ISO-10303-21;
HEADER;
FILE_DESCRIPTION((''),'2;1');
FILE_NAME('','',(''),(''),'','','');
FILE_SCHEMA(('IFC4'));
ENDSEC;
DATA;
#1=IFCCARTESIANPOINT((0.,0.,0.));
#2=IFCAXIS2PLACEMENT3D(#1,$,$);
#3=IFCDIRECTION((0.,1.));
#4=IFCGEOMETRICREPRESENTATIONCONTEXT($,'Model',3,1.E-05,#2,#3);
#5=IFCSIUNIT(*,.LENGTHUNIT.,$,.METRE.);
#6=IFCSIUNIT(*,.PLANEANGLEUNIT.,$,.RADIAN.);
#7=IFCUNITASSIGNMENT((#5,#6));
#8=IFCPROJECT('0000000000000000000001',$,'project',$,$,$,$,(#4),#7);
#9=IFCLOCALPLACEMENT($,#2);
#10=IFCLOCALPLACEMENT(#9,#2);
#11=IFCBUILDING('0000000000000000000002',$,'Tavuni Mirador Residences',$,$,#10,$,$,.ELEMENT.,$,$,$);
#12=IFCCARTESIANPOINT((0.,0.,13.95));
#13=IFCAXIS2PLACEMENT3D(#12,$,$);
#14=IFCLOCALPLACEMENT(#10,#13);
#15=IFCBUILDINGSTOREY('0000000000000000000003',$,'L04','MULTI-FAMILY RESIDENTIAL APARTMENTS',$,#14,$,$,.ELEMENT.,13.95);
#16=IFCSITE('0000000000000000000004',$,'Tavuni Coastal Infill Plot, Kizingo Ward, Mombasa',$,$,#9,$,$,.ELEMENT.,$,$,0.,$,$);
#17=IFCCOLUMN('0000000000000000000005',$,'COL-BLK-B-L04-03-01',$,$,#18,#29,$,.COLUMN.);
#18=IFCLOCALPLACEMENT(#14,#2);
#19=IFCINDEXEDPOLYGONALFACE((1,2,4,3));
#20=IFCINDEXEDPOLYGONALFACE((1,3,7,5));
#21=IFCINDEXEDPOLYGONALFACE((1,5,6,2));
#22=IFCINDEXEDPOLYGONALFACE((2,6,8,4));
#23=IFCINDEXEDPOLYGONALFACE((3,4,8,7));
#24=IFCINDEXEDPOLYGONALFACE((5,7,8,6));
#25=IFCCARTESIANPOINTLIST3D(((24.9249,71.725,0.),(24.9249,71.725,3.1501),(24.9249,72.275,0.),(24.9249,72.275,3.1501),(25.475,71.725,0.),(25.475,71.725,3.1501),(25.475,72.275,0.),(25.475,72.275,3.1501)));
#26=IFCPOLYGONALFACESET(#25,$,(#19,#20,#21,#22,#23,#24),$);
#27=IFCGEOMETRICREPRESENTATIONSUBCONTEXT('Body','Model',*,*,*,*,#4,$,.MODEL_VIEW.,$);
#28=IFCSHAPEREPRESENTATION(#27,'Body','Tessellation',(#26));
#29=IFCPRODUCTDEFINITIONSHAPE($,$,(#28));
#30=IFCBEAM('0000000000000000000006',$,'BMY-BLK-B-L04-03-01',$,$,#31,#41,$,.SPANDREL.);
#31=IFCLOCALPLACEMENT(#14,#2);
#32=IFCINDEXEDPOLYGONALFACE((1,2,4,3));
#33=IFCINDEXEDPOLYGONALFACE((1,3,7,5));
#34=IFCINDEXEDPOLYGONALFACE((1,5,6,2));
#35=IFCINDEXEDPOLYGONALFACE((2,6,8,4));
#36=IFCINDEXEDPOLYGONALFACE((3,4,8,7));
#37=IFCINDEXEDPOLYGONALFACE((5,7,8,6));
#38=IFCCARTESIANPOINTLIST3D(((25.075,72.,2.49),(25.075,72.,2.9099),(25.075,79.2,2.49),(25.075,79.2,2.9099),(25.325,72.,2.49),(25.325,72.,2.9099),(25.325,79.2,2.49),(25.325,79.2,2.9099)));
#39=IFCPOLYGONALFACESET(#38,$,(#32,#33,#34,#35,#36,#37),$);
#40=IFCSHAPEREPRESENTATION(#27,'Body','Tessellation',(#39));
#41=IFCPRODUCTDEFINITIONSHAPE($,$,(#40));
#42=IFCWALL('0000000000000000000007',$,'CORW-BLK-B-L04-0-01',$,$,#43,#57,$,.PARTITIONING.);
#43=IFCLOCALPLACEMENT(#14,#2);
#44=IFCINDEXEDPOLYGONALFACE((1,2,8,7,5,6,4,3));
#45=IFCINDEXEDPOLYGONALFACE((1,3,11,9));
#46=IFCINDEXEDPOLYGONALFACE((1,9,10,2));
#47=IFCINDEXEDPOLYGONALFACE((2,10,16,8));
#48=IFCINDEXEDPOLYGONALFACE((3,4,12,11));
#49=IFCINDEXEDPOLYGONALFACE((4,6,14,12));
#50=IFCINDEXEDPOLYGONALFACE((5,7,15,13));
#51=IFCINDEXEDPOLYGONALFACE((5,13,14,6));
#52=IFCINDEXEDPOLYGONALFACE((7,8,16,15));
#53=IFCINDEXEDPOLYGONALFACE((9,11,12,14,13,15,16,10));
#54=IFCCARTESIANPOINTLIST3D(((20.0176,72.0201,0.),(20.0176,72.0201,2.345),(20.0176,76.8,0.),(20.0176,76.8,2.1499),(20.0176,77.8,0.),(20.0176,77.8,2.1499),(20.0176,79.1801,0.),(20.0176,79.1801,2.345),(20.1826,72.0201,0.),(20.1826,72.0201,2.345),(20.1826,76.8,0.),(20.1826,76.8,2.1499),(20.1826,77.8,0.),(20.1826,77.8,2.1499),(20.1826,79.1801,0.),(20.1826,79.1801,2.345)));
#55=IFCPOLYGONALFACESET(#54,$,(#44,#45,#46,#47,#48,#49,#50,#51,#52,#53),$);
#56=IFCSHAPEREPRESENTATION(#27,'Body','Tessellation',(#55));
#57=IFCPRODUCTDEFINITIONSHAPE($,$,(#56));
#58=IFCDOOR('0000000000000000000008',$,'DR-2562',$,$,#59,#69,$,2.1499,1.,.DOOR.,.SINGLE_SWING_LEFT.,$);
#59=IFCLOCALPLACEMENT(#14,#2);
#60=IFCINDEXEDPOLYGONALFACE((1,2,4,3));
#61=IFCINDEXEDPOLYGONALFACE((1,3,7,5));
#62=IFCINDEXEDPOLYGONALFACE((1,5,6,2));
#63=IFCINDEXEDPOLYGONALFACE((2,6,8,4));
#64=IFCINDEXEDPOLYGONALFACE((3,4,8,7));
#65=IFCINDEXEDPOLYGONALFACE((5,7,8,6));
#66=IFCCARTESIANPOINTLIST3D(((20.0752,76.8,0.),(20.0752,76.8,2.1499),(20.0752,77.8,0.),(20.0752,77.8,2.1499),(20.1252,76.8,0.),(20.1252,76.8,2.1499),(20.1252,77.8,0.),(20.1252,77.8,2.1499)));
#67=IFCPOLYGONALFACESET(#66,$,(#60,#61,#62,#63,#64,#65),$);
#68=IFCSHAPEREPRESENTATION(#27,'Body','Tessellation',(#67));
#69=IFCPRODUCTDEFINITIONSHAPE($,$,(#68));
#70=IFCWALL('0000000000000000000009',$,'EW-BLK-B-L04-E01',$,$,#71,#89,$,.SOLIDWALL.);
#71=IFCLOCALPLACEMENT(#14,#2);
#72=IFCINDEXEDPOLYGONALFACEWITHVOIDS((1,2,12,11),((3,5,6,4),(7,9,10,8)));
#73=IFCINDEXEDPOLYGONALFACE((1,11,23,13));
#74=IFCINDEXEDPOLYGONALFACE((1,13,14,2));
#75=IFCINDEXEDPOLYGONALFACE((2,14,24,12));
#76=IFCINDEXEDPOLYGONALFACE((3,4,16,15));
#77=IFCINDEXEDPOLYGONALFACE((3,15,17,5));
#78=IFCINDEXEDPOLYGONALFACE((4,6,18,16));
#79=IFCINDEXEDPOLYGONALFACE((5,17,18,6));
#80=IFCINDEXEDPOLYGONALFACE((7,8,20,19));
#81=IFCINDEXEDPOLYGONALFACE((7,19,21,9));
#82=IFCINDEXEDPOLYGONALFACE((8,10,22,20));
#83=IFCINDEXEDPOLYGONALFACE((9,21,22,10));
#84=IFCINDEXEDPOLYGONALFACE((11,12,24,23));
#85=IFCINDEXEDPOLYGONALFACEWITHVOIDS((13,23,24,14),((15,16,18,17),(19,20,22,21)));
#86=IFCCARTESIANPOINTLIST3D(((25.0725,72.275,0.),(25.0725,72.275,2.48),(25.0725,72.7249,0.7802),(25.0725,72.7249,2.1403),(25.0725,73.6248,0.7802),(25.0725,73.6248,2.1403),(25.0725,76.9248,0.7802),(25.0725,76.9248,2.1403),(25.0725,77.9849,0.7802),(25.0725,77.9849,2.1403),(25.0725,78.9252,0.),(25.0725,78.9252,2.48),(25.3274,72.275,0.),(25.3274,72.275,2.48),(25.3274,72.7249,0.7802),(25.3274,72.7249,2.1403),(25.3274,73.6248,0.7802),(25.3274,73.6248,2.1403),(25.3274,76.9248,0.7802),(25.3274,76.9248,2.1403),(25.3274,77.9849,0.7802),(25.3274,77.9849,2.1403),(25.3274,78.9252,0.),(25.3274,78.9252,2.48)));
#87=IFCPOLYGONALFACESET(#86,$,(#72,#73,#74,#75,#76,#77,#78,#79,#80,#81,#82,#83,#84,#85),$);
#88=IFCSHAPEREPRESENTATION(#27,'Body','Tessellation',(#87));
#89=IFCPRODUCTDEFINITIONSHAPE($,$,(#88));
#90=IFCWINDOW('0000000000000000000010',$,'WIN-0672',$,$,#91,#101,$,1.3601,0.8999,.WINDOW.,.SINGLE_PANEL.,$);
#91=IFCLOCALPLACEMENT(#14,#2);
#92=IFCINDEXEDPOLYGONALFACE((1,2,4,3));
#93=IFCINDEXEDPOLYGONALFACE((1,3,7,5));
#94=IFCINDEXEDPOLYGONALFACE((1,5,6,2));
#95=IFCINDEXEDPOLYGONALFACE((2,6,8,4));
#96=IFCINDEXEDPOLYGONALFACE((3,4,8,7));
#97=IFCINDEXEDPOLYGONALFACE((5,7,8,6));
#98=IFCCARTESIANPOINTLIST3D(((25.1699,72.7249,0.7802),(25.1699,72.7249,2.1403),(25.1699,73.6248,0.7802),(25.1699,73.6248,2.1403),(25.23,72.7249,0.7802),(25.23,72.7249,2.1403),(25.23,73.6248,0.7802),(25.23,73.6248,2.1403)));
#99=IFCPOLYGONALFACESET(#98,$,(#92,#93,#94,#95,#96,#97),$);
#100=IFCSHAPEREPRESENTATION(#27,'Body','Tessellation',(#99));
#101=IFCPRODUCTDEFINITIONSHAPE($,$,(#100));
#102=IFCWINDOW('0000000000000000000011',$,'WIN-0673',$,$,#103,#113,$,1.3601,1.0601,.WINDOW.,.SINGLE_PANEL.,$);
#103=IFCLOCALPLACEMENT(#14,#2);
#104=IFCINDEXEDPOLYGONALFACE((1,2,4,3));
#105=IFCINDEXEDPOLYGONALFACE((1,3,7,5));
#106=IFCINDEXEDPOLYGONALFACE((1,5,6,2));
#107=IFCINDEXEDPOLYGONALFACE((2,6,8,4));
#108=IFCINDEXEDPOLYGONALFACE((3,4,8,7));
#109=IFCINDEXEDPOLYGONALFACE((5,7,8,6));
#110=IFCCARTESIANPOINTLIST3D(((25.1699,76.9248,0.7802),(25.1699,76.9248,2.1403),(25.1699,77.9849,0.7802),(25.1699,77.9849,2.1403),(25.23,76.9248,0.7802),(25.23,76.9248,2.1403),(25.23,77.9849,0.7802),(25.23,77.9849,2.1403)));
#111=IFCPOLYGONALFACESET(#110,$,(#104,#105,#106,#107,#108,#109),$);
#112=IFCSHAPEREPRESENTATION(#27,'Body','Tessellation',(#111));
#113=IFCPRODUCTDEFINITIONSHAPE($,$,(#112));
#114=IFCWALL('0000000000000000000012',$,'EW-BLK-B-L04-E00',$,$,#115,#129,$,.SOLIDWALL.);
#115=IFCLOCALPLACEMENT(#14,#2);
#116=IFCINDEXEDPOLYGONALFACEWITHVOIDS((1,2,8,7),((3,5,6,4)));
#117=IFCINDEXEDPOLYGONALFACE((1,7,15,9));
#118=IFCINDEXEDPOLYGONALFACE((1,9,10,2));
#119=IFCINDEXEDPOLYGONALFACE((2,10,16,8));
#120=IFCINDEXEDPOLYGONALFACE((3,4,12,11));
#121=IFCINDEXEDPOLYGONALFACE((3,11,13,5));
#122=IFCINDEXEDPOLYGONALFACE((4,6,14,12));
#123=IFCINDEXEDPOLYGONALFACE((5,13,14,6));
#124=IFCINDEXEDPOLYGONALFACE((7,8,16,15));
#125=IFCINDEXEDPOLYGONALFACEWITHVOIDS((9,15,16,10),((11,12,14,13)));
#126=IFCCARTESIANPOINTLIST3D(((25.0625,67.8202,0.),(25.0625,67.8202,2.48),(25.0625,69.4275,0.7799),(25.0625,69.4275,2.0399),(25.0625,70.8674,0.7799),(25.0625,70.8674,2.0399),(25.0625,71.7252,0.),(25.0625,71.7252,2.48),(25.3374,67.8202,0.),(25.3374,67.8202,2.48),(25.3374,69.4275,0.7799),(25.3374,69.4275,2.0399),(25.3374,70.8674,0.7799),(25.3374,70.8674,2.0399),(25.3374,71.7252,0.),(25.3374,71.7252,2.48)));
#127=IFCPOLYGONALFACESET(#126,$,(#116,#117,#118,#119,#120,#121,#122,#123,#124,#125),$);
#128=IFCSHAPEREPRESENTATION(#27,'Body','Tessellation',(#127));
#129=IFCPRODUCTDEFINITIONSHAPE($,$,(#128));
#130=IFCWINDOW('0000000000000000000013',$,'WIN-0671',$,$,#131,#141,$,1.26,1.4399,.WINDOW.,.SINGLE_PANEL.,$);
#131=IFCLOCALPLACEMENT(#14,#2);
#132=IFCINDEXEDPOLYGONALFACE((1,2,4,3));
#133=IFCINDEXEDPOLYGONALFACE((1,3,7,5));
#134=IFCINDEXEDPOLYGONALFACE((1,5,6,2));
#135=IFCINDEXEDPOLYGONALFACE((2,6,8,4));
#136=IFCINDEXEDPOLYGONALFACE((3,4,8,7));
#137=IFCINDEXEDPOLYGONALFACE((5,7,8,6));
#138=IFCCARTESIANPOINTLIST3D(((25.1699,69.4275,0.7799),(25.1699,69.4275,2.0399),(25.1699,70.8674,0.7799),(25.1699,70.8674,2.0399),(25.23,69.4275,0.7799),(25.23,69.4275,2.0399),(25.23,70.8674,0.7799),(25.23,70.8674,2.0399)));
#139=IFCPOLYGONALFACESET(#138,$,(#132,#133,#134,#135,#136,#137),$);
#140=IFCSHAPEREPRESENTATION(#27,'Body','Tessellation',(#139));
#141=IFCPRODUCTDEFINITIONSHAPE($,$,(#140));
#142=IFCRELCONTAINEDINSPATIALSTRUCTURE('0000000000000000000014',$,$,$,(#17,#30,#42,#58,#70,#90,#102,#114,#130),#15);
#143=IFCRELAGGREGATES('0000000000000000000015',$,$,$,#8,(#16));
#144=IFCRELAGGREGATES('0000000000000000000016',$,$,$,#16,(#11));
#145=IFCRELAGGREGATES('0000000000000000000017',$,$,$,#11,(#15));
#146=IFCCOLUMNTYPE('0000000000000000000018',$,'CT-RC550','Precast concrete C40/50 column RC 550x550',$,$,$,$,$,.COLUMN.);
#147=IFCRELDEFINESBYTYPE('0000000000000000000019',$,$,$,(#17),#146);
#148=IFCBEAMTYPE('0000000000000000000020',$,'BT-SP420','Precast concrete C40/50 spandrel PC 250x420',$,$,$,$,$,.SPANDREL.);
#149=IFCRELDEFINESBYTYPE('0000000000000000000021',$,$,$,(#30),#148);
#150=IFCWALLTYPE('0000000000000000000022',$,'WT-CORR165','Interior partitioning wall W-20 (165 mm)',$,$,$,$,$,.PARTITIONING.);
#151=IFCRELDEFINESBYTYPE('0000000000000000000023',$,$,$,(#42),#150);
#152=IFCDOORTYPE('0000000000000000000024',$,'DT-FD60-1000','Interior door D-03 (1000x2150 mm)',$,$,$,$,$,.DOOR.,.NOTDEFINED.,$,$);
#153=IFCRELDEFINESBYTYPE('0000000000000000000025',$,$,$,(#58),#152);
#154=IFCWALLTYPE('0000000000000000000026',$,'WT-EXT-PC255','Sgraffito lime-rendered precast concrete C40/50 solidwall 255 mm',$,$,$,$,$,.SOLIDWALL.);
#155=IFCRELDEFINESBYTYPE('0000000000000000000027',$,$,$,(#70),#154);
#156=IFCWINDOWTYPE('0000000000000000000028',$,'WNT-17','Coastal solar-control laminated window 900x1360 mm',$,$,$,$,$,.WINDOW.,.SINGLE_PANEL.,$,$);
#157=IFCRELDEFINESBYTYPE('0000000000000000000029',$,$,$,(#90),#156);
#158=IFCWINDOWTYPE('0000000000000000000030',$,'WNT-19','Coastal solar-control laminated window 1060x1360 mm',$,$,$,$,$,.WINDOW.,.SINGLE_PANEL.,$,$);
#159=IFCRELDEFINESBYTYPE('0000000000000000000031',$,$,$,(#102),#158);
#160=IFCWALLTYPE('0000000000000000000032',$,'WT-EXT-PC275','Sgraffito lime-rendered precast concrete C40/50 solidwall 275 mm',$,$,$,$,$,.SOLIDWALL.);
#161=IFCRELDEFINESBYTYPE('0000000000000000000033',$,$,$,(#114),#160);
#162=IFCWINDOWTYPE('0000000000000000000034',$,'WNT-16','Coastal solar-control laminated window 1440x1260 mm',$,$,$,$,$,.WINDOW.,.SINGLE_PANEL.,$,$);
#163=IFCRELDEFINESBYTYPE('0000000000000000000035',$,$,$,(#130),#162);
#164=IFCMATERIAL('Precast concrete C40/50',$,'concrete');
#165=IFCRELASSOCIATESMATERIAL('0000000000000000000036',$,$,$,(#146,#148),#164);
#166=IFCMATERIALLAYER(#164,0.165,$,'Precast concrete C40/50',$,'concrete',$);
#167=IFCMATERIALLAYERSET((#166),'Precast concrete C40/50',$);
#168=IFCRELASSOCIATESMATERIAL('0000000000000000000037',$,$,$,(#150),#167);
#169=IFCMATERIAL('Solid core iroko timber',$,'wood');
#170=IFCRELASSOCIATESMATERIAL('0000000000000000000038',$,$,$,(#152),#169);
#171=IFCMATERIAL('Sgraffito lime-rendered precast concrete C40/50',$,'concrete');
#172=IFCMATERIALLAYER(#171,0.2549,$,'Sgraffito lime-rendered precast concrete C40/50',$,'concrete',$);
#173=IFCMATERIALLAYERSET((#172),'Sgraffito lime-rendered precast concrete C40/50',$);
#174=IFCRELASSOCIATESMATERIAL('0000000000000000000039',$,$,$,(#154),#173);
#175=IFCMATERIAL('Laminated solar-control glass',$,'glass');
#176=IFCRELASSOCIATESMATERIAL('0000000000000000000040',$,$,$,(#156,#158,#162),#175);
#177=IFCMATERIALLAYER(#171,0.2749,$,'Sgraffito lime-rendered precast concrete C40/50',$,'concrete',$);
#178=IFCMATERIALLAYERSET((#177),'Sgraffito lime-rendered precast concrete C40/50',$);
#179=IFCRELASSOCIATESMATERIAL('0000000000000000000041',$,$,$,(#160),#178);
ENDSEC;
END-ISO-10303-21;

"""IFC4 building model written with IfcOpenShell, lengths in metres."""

from ifc_helpers import new_model, si_unit, direction, frame, frame_2d, origin, origin_2d, place, context, subcontext, project, spatial, rectangle, extrude, material, layer, layer_set, material_profile, profile_set, type_object, element, fill, save


model = new_model("IFC4")

# Units and contexts
model_context = context("Model", 3, precision=1e-05, world=origin(), true_north=direction((0.0, 1.0)))
body_context = subcontext(model_context, "Body", "Model", "MODEL_VIEW")
ifc_project = project(units=[si_unit("LENGTHUNIT", "METRE"), si_unit("PLANEANGLEUNIT", "RADIAN")], contexts=[model_context])

# Site, building, storey
site_placement = place(None, origin())
site = spatial("IfcSite", under=ifc_project, at=site_placement, Name="Tavuni Coastal Infill Plot, Kizingo Ward, Mombasa", CompositionType="ELEMENT", RefElevation=0.0)
building_placement = place(site_placement, origin())
building = spatial("IfcBuilding", under=site, at=building_placement, Name="Tavuni Mirador Residences", CompositionType="ELEMENT")
storey_placement = place(building_placement, frame((0.0, 0.0, 13.95)))
storey = spatial("IfcBuildingStorey", under=building, at=storey_placement, Name="L04", Description="MULTI-FAMILY RESIDENTIAL APARTMENTS", CompositionType="ELEMENT", Elevation=13.95)

# Column
ifc_material_1 = material(Name="Precast concrete C40/50", Category="concrete")
ifc_material_profile_1 = material_profile(ifc_material_1, rectangle(XDim=0.55, YDim=0.55, at=origin_2d()), Name="RC 550x550", Category="concrete")
ifc_profile_set_1 = profile_set([ifc_material_profile_1], Name="Precast concrete C40/50")
column_type = type_object("IfcColumnType", Name="CT-RC550", Description="Precast concrete C40/50 column RC 550x550", PredefinedType="COLUMN", material=ifc_profile_set_1)
column_placement = place(storey_placement, frame((25.2, 72.0, 0.0), z_axis=(0.0, 0.0, 1.0), x_axis=(1.0, 0.0, 0.0)))
element("IfcColumn", 1, at=column_placement, inside=storey, type_object=column_type, Name="COL-BLK-B-L04-03-01", PredefinedType="COLUMN", context=body_context, shape_type="SweptSolid", body=[
    extrude(rectangle(XDim=0.55, YDim=0.55, at=origin_2d()), origin(), (0.0, 0.0, 1.0), 3.1501),
])

# Beam
ifc_material_profile_2 = material_profile(ifc_material_1, rectangle(XDim=0.25, YDim=0.4199, at=origin_2d()), Name="PC 250x420", Category="concrete")
ifc_profile_set_2 = profile_set([ifc_material_profile_2], Name="Precast concrete C40/50")
beam_type = type_object("IfcBeamType", Name="BT-SP420", Description="Precast concrete C40/50 spandrel PC 250x420", PredefinedType="SPANDREL", material=ifc_profile_set_2)
beam_placement = place(storey_placement, frame((25.2, 72.0, 2.7), z_axis=(0.0, 1.0, 0.0), x_axis=(-1.0, 0.0, 0.0)))
element("IfcBeam", 2, at=beam_placement, inside=storey, type_object=beam_type, Name="BMY-BLK-B-L04-03-01", PredefinedType="SPANDREL", context=body_context, shape_type="SweptSolid", body=[
    extrude(rectangle(XDim=0.25, YDim=0.4199, at=origin_2d()), origin(), (0.0, 0.0, 1.0), 7.2),
])

# Wall, opening, door
ifc_layer_1 = layer(ifc_material_1, 0.165, Name="Precast concrete C40/50", Category="concrete")
ifc_layer_set_1 = layer_set([ifc_layer_1], Name="Precast concrete C40/50")
wall_type_1 = type_object("IfcWallType", Name="WT-CORR165", Description="Interior partitioning wall W-20 (165 mm)", PredefinedType="PARTITIONING", material=ifc_layer_set_1)
wall_1_placement = place(storey_placement, frame((20.1001, 72.02, 0.0), z_axis=(0.0, 0.0, 1.0), x_axis=(0.0, 1.0, 0.0)))
wall_1 = element("IfcWall", 3, at=wall_1_placement, inside=storey, type_object=wall_type_1, Name="CORW-BLK-B-L04-0-01", PredefinedType="PARTITIONING", context=body_context, shape_type="SweptSolid", body=[
    extrude(rectangle(XDim=7.1599, YDim=0.165, at=frame_2d((3.5801, 0.0))), origin(), (0.0, 0.0, 1.0), 2.345),
])
opening_1_placement = place(wall_1_placement, frame((4.78, 0.0, 0.0)))
opening_1 = element("IfcOpeningElement", 4, at=opening_1_placement, cuts=wall_1, PredefinedType="OPENING", context=body_context, shape_type="SweptSolid", body=[
    extrude(rectangle(XDim=1.0, YDim=2.1499, at=frame_2d((0.5, 1.075))), frame((0.0, 0.0925, 0.0), z_axis=(0.0, -1.0, 0.0), x_axis=(1.0, 0.0, 0.0)), (0.0, 0.0, 1.0), 0.1851),
])
ifc_material_2 = material(Name="Solid core iroko timber", Category="wood")
door_type_1 = type_object("IfcDoorType", Name="DT-FD60-1000", Description="Interior door D-03 (1000x2150 mm)", OperationType="NOTDEFINED", PredefinedType="DOOR", material=ifc_material_2)
door_1_placement = place(opening_1_placement, origin())
door_1 = element("IfcDoor", 5, at=door_1_placement, inside=storey, type_object=door_type_1, Name="DR-2562", OperationType="SINGLE_SWING_LEFT", OverallHeight=2.1499, OverallWidth=1.0, PredefinedType="DOOR", context=body_context, shape_type="SweptSolid", body=[
    extrude(rectangle(XDim=1.0, YDim=2.1499, at=frame_2d((0.5, 1.075))), frame((0.0, 0.0249, 0.0), z_axis=(0.0, -1.0, 0.0), x_axis=(1.0, 0.0, 0.0)), (0.0, 0.0, 1.0), 0.05),
])
fill(opening_1, door_1)

# Wall, openings, windows
ifc_material_3 = material(Name="Sgraffito lime-rendered precast concrete C40/50", Category="concrete")
ifc_layer_2 = layer(ifc_material_3, 0.2549, Name="Sgraffito lime-rendered precast concrete C40/50", Category="concrete")
ifc_layer_set_2 = layer_set([ifc_layer_2], Name="Sgraffito lime-rendered precast concrete C40/50")
wall_type_2 = type_object("IfcWallType", Name="WT-EXT-PC255", Description="Sgraffito lime-rendered precast concrete C40/50 solidwall 255 mm", PredefinedType="SOLIDWALL", material=ifc_layer_set_2)
wall_2_placement = place(storey_placement, frame((25.2, 72.2749, 0.0), z_axis=(0.0, 0.0, 1.0), x_axis=(0.0, 1.0, 0.0)))
wall_2 = element("IfcWall", 6, at=wall_2_placement, inside=storey, type_object=wall_type_2, Name="EW-BLK-B-L04-E01", PredefinedType="SOLIDWALL", context=body_context, shape_type="SweptSolid", body=[
    extrude(rectangle(XDim=6.6501, YDim=0.2549, at=frame_2d((3.3252, 0.0))), origin(), (0.0, 0.0, 1.0), 2.48),
])
opening_2_placement = place(wall_2_placement, frame((0.45, 0.0, 0.78)))
opening_2 = element("IfcOpeningElement", 7, at=opening_2_placement, cuts=wall_2, PredefinedType="OPENING", context=body_context, shape_type="SweptSolid", body=[
    extrude(rectangle(XDim=0.8999, YDim=1.3601, at=frame_2d((0.45, 0.6802))), frame((0.0, 0.1375, 0.0), z_axis=(0.0, -1.0, 0.0), x_axis=(1.0, 0.0, 0.0)), (0.0, 0.0, 1.0), 0.2749),
])
opening_3_placement = place(wall_2_placement, frame((4.6499, 0.0, 0.78)))
opening_3 = element("IfcOpeningElement", 8, at=opening_3_placement, cuts=wall_2, PredefinedType="OPENING", context=body_context, shape_type="SweptSolid", body=[
    extrude(rectangle(XDim=1.0601, YDim=1.3601, at=frame_2d((0.53, 0.6802))), frame((0.0, 0.1375, 0.0), z_axis=(0.0, -1.0, 0.0), x_axis=(1.0, 0.0, 0.0)), (0.0, 0.0, 1.0), 0.2749),
])
ifc_material_4 = material(Name="Laminated solar-control glass", Category="glass")
window_type_1 = type_object("IfcWindowType", Name="WNT-17", Description="Coastal solar-control laminated window 900x1360 mm", PartitioningType="SINGLE_PANEL", PredefinedType="WINDOW", material=ifc_material_4)
window_1_placement = place(opening_2_placement, origin())
window_1 = element("IfcWindow", 9, at=window_1_placement, inside=storey, type_object=window_type_1, Name="WIN-0672", OverallHeight=1.3601, OverallWidth=0.8999, PartitioningType="SINGLE_PANEL", PredefinedType="WINDOW", context=body_context, shape_type="SweptSolid", body=[
    extrude(rectangle(XDim=0.8999, YDim=1.3601, at=frame_2d((0.45, 0.6802))), frame((0.0, 0.03, 0.0), z_axis=(0.0, -1.0, 0.0), x_axis=(1.0, 0.0, 0.0)), (0.0, 0.0, 1.0), 0.0601),
])
fill(opening_2, window_1)
window_type_2 = type_object("IfcWindowType", Name="WNT-19", Description="Coastal solar-control laminated window 1060x1360 mm", PartitioningType="SINGLE_PANEL", PredefinedType="WINDOW", material=ifc_material_4)
window_2_placement = place(opening_3_placement, origin())
window_2 = element("IfcWindow", 10, at=window_2_placement, inside=storey, type_object=window_type_2, Name="WIN-0673", OverallHeight=1.3601, OverallWidth=1.0601, PartitioningType="SINGLE_PANEL", PredefinedType="WINDOW", context=body_context, shape_type="SweptSolid", body=[
    extrude(rectangle(XDim=1.0601, YDim=1.3601, at=frame_2d((0.53, 0.6802))), frame((0.0, 0.03, 0.0), z_axis=(0.0, -1.0, 0.0), x_axis=(1.0, 0.0, 0.0)), (0.0, 0.0, 1.0), 0.0601),
])
fill(opening_3, window_2)

# Wall, opening, window
ifc_layer_3 = layer(ifc_material_3, 0.2749, Name="Sgraffito lime-rendered precast concrete C40/50", Category="concrete")
ifc_layer_set_3 = layer_set([ifc_layer_3], Name="Sgraffito lime-rendered precast concrete C40/50")
wall_type_3 = type_object("IfcWallType", Name="WT-EXT-PC275", Description="Sgraffito lime-rendered precast concrete C40/50 solidwall 275 mm", PredefinedType="SOLIDWALL", material=ifc_layer_set_3)
wall_3_placement = place(storey_placement, frame((25.2, 67.8201, 0.0), z_axis=(0.0, 0.0, 1.0), x_axis=(0.0, 1.0, 0.0)))
wall_3 = element("IfcWall", 11, at=wall_3_placement, inside=storey, type_object=wall_type_3, Name="EW-BLK-B-L04-E00", PredefinedType="SOLIDWALL", context=body_context, shape_type="SweptSolid", body=[
    extrude(rectangle(XDim=3.905, YDim=0.2749, at=frame_2d((1.9526, 0.0))), origin(), (0.0, 0.0, 1.0), 2.48),
])
opening_4_placement = place(wall_3_placement, frame((1.6074, 0.0, 0.78)))
opening_4 = element("IfcOpeningElement", 12, at=opening_4_placement, cuts=wall_3, PredefinedType="OPENING", context=body_context, shape_type="SweptSolid", body=[
    extrude(rectangle(XDim=1.4399, YDim=1.26, at=frame_2d((0.72, 0.6299))), frame((0.0, 0.1475, 0.0), z_axis=(0.0, -1.0, 0.0), x_axis=(1.0, 0.0, 0.0)), (0.0, 0.0, 1.0), 0.2949),
])
window_type_3 = type_object("IfcWindowType", Name="WNT-16", Description="Coastal solar-control laminated window 1440x1260 mm", PartitioningType="SINGLE_PANEL", PredefinedType="WINDOW", material=ifc_material_4)
window_3_placement = place(opening_4_placement, origin())
window_3 = element("IfcWindow", 13, at=window_3_placement, inside=storey, type_object=window_type_3, Name="WIN-0671", OverallHeight=1.26, OverallWidth=1.4399, PartitioningType="SINGLE_PANEL", PredefinedType="WINDOW", context=body_context, shape_type="SweptSolid", body=[
    extrude(rectangle(XDim=1.4399, YDim=1.26, at=frame_2d((0.72, 0.6299))), frame((0.0, 0.03, 0.0), z_axis=(0.0, -1.0, 0.0), x_axis=(1.0, 0.0, 0.0)), (0.0, 0.0, 1.0), 0.0601),
])
fill(opening_4, window_3)

save(model, "model.ifc")
